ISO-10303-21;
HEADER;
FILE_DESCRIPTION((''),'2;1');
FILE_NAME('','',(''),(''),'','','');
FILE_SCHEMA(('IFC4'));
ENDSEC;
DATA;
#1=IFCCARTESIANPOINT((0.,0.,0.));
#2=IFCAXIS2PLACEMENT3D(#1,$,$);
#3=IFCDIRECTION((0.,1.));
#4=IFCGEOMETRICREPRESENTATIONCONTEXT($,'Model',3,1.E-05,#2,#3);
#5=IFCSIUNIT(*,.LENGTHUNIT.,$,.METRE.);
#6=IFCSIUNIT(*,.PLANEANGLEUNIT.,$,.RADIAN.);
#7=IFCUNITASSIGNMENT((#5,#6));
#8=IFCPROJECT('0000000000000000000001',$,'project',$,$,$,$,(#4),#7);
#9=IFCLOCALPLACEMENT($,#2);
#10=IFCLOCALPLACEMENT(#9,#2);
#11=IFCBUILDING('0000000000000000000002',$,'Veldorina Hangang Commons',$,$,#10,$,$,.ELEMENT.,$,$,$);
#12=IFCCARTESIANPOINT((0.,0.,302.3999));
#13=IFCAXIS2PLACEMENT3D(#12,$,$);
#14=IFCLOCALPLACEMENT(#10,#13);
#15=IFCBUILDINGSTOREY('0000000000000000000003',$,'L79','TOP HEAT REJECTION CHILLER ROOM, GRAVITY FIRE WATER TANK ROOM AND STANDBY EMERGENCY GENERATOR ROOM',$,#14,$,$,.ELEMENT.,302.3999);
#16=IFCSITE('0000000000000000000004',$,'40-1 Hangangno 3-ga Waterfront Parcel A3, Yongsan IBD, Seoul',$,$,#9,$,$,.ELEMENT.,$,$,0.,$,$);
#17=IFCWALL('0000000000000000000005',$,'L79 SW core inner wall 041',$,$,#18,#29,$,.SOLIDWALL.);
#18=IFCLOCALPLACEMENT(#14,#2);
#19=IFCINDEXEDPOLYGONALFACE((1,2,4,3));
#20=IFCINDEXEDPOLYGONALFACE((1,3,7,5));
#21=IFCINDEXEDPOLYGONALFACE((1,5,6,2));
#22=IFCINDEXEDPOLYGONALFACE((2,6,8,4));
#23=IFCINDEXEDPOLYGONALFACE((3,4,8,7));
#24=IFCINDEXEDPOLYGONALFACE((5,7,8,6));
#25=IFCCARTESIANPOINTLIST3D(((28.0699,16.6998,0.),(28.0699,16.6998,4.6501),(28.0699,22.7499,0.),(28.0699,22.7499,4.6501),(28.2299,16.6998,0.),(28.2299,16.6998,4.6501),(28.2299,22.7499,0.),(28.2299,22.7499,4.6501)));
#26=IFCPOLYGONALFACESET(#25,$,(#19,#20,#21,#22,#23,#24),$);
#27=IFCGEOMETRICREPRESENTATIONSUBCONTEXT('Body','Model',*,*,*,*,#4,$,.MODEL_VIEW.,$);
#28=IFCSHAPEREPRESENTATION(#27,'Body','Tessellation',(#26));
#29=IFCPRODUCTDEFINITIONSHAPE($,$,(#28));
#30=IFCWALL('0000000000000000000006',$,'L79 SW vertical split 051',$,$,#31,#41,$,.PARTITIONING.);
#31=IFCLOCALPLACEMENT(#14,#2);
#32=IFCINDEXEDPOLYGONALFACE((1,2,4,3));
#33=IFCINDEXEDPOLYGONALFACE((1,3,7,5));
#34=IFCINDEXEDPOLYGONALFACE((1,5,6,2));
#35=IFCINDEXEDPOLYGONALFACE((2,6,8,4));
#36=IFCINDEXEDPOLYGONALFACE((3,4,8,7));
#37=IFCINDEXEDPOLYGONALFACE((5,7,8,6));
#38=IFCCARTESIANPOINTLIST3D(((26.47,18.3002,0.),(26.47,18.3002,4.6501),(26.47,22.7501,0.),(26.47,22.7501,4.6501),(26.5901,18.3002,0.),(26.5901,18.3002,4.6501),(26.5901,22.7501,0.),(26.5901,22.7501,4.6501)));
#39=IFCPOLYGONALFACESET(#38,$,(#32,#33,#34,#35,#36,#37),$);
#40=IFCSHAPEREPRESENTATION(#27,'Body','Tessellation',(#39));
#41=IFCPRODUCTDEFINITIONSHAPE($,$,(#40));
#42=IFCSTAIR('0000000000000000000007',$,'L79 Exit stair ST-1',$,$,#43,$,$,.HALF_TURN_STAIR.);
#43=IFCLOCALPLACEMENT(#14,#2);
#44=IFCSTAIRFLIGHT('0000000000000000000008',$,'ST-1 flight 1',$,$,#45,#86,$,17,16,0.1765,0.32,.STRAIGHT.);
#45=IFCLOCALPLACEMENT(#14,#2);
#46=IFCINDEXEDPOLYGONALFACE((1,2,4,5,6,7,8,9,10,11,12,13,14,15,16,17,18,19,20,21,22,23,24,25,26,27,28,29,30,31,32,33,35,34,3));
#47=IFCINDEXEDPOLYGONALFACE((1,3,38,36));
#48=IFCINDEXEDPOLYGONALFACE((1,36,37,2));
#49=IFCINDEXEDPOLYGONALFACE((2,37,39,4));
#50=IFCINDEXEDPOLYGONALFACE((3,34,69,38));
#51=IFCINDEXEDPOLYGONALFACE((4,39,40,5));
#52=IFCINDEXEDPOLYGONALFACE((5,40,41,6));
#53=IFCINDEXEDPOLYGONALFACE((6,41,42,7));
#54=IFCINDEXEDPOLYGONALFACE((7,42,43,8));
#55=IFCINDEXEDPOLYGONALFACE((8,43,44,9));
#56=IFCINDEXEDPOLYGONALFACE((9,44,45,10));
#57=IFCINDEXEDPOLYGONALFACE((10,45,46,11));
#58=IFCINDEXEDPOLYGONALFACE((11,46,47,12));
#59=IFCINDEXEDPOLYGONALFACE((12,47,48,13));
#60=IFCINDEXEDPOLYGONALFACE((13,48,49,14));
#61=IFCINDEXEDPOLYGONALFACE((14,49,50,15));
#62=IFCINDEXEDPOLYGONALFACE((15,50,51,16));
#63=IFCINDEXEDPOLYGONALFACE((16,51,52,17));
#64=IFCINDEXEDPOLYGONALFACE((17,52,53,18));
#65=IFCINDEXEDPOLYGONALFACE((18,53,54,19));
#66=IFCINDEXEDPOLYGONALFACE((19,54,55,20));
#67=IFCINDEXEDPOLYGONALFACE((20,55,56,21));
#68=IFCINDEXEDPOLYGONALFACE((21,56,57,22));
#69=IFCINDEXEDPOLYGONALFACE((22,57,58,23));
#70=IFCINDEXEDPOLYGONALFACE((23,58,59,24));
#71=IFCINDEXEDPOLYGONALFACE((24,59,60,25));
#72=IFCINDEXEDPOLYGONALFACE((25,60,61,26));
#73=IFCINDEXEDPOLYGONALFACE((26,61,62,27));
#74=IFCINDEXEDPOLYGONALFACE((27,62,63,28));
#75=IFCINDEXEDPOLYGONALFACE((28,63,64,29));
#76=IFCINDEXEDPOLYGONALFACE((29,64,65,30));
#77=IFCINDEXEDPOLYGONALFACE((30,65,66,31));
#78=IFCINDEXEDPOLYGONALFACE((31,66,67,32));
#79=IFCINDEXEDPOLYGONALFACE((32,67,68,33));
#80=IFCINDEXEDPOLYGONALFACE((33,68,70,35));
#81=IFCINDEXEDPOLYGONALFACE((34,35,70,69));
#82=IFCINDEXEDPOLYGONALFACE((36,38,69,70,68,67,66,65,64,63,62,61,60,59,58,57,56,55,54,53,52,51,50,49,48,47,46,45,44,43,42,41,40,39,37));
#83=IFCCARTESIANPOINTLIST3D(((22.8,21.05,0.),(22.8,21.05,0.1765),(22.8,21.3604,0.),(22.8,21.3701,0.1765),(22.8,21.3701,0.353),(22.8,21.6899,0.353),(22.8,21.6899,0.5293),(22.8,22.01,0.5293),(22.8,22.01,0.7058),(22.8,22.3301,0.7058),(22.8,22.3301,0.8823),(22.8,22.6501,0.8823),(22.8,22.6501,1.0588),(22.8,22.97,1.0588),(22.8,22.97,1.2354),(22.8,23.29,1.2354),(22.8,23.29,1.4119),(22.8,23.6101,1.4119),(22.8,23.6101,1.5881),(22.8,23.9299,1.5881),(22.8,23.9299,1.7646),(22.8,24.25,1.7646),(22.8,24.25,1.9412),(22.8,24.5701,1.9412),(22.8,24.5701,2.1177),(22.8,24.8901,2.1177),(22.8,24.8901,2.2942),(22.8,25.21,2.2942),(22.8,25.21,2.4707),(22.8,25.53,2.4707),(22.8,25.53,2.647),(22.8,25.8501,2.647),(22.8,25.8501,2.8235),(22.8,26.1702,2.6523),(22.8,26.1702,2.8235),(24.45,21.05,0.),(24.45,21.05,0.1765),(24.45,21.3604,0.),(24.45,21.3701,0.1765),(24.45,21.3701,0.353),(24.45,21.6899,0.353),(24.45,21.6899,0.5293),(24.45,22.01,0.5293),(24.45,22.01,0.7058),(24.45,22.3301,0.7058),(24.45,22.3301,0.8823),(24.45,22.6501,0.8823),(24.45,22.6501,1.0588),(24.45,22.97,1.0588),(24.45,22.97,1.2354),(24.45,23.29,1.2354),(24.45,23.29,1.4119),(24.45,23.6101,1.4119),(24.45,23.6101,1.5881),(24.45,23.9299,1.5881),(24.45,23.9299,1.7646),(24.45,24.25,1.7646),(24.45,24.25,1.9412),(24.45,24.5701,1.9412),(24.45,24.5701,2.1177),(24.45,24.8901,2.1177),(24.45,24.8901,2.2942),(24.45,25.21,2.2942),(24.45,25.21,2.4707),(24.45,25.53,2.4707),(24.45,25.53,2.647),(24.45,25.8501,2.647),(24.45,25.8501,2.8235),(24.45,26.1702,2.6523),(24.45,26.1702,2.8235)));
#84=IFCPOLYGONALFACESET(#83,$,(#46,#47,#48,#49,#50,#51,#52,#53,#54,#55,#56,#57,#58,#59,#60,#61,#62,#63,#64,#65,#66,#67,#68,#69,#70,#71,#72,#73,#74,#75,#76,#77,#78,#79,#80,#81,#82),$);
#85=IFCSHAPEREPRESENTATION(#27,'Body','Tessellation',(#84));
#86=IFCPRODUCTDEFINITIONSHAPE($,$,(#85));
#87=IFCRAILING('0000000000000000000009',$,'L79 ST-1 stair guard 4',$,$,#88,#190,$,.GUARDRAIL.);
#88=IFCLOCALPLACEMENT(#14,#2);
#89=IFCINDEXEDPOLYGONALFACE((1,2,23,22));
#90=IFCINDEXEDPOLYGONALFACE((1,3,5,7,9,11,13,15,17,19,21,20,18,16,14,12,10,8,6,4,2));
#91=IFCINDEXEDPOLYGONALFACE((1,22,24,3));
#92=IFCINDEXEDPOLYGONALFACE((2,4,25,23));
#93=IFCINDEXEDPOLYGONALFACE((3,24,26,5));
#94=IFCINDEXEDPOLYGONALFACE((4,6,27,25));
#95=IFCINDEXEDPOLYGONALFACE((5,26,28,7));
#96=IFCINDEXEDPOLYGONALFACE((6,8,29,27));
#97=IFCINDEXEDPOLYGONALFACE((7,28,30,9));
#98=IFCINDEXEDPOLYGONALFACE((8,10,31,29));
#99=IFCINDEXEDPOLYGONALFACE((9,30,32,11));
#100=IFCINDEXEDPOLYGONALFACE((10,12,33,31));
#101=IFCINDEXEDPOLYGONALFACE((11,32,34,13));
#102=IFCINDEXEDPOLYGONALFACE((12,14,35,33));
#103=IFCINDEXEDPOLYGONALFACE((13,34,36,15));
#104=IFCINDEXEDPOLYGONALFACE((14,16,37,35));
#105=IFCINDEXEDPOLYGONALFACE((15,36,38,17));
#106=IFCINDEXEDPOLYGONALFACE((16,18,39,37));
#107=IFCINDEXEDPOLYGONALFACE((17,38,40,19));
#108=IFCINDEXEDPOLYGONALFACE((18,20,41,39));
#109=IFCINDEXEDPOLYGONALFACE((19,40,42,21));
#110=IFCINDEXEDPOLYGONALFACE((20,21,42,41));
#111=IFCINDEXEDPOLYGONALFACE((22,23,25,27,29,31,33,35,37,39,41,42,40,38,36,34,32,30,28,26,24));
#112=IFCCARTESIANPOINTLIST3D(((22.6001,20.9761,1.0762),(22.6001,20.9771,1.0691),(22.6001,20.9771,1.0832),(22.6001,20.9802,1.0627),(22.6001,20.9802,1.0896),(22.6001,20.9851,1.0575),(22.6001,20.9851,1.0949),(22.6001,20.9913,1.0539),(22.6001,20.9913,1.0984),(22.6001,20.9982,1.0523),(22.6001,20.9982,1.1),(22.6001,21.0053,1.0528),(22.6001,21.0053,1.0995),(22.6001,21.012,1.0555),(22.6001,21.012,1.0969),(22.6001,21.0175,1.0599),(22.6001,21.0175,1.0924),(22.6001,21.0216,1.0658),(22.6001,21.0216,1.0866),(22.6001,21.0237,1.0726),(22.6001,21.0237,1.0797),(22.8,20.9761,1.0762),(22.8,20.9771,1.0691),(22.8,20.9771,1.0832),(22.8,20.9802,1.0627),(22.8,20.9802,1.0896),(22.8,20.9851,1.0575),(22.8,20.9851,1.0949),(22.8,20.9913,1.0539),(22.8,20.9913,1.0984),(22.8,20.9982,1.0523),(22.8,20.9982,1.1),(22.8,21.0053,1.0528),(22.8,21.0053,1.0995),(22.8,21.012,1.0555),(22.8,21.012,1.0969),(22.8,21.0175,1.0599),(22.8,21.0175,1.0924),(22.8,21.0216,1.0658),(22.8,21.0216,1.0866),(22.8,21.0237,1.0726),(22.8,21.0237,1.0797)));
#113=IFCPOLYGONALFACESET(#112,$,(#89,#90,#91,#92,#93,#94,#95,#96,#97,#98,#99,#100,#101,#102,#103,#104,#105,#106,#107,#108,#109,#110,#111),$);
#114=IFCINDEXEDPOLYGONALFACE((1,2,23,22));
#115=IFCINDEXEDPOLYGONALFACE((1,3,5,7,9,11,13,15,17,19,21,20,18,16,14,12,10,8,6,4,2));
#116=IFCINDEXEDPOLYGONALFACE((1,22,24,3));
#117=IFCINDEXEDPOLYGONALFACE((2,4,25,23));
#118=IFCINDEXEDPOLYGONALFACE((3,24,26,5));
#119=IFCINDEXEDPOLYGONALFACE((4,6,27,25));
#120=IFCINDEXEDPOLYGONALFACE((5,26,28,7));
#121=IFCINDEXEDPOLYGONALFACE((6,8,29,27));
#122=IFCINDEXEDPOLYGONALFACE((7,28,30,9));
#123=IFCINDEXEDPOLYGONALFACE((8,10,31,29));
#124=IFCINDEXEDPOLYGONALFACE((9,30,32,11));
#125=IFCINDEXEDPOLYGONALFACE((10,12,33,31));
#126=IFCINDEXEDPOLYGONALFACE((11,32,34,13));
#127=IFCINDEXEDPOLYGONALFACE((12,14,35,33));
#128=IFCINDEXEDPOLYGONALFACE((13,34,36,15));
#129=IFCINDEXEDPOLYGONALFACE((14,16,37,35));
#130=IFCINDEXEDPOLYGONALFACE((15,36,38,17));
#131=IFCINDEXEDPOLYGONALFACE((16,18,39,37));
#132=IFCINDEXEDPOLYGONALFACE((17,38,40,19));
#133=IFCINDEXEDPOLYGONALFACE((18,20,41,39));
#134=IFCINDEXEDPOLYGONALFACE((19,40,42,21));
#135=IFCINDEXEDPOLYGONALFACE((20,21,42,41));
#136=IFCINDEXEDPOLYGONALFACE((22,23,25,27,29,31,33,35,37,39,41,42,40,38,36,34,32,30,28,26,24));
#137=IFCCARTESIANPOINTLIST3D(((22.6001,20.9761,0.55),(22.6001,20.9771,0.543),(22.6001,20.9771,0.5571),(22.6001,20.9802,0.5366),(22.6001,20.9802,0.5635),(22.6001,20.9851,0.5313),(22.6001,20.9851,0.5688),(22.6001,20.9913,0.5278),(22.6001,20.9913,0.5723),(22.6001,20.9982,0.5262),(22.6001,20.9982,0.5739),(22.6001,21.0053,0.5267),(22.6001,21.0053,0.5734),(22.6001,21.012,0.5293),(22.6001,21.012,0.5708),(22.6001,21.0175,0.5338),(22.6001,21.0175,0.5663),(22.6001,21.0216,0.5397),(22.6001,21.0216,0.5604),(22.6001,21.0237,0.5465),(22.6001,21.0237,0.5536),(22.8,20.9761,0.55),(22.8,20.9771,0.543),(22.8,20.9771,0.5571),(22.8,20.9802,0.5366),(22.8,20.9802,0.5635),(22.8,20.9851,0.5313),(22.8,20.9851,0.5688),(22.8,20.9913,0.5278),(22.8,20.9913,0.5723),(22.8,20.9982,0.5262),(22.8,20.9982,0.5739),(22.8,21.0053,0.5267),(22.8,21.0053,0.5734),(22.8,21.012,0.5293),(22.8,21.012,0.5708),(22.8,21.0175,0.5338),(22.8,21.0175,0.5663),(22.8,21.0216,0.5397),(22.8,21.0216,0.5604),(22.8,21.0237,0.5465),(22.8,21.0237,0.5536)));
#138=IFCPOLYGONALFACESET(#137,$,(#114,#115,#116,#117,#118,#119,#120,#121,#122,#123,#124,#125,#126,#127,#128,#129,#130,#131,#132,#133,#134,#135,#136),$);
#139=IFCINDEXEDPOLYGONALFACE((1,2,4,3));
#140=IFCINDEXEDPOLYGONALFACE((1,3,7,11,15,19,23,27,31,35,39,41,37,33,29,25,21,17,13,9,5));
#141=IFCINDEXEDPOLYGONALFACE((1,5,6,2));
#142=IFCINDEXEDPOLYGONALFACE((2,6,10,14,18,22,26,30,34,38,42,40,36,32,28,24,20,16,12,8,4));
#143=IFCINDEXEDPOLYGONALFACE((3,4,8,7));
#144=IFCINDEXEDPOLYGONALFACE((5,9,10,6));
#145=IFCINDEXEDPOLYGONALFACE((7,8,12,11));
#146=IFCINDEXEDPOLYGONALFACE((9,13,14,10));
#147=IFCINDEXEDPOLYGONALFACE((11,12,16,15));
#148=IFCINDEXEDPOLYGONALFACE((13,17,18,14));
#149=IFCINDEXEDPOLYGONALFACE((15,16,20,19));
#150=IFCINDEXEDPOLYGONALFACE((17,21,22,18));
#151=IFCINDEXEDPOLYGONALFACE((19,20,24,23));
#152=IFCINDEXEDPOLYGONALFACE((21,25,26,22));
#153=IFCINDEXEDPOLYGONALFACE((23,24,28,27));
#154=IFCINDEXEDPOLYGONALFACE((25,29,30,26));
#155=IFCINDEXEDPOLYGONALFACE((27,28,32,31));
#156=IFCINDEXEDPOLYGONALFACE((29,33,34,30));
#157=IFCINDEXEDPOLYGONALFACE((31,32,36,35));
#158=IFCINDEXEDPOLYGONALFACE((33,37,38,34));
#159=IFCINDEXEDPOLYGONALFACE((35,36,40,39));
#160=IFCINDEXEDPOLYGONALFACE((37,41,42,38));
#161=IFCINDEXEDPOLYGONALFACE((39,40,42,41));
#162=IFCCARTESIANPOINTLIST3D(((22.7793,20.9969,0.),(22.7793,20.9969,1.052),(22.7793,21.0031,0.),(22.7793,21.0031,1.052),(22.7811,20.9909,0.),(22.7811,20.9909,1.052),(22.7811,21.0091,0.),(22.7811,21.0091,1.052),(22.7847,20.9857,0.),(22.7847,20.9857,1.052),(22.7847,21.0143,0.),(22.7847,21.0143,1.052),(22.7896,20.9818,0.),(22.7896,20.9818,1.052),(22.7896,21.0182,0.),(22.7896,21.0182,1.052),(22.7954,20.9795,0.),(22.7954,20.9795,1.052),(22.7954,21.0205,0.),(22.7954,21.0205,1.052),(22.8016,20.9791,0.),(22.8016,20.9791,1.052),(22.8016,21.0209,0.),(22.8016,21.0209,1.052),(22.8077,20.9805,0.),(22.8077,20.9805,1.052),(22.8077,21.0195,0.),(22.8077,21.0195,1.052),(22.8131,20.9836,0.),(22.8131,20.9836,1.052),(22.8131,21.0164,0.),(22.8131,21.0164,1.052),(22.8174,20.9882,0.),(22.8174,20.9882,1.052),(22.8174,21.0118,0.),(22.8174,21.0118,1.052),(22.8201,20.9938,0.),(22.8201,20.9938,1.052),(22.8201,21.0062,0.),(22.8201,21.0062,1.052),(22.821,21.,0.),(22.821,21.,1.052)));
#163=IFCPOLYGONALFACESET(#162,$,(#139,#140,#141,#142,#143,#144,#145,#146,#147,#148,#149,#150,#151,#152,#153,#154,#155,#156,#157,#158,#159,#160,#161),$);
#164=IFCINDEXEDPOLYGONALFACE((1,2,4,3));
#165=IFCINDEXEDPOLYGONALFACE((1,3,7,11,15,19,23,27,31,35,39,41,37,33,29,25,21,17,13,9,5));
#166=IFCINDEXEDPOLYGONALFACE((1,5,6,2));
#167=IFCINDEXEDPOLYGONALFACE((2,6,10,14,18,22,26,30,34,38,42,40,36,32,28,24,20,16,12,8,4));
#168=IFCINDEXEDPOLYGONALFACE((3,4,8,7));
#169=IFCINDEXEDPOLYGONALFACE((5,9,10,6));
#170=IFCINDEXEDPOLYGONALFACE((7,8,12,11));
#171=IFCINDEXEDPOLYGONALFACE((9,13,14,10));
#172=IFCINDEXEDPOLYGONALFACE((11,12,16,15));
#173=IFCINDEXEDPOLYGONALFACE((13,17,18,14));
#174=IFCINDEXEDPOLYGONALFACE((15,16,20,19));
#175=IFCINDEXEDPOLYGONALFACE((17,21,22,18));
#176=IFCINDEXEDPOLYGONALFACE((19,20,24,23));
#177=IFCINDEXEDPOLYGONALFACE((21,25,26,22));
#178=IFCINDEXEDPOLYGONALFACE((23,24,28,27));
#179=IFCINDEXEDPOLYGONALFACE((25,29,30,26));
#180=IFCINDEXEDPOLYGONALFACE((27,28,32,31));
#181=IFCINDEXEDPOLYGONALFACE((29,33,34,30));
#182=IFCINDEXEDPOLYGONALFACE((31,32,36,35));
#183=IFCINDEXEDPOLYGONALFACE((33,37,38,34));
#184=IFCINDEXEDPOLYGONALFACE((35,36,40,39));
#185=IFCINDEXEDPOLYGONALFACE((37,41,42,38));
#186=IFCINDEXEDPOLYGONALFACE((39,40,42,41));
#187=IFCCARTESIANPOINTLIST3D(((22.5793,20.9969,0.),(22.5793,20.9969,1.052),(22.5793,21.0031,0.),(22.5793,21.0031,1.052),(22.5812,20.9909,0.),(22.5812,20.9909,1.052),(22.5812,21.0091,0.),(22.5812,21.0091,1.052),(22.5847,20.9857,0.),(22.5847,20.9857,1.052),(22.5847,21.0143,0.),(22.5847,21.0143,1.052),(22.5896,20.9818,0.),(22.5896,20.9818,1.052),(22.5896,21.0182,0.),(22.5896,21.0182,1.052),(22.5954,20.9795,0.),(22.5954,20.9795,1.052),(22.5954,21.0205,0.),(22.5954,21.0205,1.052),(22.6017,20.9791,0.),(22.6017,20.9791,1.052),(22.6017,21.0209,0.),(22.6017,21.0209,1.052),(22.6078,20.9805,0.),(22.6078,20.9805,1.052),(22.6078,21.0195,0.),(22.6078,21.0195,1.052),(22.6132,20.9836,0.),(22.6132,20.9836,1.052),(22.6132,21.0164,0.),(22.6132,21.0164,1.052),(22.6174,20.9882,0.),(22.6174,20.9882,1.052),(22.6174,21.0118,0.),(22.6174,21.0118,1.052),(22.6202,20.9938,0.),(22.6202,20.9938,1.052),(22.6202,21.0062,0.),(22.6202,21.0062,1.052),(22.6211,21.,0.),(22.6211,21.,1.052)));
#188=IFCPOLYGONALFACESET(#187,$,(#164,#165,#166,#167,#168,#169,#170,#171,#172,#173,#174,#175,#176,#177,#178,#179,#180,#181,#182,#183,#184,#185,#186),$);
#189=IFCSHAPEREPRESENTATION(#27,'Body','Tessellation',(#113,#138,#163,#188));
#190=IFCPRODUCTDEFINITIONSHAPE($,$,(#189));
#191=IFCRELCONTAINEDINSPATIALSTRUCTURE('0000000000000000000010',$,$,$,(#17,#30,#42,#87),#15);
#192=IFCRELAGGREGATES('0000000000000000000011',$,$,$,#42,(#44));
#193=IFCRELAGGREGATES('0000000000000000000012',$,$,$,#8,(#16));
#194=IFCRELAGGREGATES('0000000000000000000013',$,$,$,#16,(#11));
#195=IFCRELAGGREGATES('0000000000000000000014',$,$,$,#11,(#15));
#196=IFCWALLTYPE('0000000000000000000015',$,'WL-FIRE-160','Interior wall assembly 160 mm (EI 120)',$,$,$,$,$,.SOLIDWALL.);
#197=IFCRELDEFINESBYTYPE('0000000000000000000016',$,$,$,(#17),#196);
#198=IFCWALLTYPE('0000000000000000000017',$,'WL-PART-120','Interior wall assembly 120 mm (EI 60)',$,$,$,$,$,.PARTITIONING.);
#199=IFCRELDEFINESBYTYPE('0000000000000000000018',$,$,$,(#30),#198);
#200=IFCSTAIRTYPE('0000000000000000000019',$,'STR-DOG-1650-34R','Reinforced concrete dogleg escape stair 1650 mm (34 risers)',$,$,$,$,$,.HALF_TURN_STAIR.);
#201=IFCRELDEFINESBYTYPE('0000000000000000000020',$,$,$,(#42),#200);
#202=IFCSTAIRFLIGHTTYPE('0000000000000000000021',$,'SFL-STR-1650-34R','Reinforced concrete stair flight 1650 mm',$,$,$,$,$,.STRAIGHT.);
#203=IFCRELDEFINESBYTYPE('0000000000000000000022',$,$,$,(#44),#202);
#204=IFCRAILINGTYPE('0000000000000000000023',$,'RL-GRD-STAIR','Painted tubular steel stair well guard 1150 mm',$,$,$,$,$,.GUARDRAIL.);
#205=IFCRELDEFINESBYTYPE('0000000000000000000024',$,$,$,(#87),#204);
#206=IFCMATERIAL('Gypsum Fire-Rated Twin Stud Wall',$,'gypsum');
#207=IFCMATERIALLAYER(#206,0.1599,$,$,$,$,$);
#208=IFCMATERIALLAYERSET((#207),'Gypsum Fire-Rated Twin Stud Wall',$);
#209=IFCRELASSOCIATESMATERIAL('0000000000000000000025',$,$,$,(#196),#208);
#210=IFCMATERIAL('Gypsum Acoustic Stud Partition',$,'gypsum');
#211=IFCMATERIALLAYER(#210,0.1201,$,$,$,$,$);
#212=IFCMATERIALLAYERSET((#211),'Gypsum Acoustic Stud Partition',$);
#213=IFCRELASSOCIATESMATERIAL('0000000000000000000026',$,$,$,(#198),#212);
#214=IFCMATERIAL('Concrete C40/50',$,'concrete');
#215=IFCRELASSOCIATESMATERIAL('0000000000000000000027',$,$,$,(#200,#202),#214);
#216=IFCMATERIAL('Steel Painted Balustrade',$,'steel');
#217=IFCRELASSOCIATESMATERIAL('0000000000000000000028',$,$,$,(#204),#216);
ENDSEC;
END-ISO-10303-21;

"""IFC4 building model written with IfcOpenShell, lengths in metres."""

from ifc_helpers import new_model, si_unit, direction, frame, frame_2d, origin, origin_2d, place, context, subcontext, project, spatial, polyline, rectangle, circle, outline, extrude, material, layer, layer_set, type_object, element, aggregate, save


model = new_model("IFC4")

# Units and contexts
model_context = context("Model", 3, precision=1e-05, world=origin(), true_north=direction((0.0, 1.0)))
body_context = subcontext(model_context, "Body", "Model", "MODEL_VIEW")
ifc_project = project(units=[si_unit("LENGTHUNIT", "METRE"), si_unit("PLANEANGLEUNIT", "RADIAN")], contexts=[model_context])

# Site, building, storey
site_placement = place(None, origin())
site = spatial("IfcSite", under=ifc_project, at=site_placement, Name="40-1 Hangangno 3-ga Waterfront Parcel A3, Yongsan IBD, Seoul", CompositionType="ELEMENT", RefElevation=0.0)
building_placement = place(site_placement, origin())
building = spatial("IfcBuilding", under=site, at=building_placement, Name="Veldorina Hangang Commons", CompositionType="ELEMENT")
storey_placement = place(building_placement, frame((0.0, 0.0, 302.3999)))
storey = spatial("IfcBuildingStorey", under=building, at=storey_placement, Name="L79", Description="TOP HEAT REJECTION CHILLER ROOM, GRAVITY FIRE WATER TANK ROOM AND STANDBY EMERGENCY GENERATOR ROOM", CompositionType="ELEMENT", Elevation=302.3999)

# Shared definitions
ifc_material_1 = material(Name="Gypsum Fire-Rated Twin Stud Wall", Category="gypsum")
ifc_layer_1 = layer(ifc_material_1, 0.1599)
ifc_layer_set_1 = layer_set([ifc_layer_1], Name="Gypsum Fire-Rated Twin Stud Wall")
wall_type_1 = type_object("IfcWallType", Name="WL-FIRE-160", Description="Interior wall assembly 160 mm (EI 120)", PredefinedType="SOLIDWALL", material=ifc_layer_set_1)

# Walls
wall_1_placement = place(storey_placement, frame((28.1499, 16.7, 0.0), z_axis=(0.0, 0.0, 1.0), x_axis=(0.0, 1.0, 0.0)))
element("IfcWall", 1, at=wall_1_placement, inside=storey, type_object=wall_type_1, Name="L79 SW core inner wall 041", PredefinedType="SOLIDWALL", context=body_context, shape_type="SweptSolid", body=[
    extrude(rectangle(XDim=6.05, YDim=0.1599, at=frame_2d((3.0249, 0.0))), origin(), (0.0, 0.0, 1.0), 4.6501),
])
ifc_material_2 = material(Name="Gypsum Acoustic Stud Partition", Category="gypsum")
ifc_layer_2 = layer(ifc_material_2, 0.1201)
ifc_layer_set_2 = layer_set([ifc_layer_2], Name="Gypsum Acoustic Stud Partition")
wall_type_2 = type_object("IfcWallType", Name="WL-PART-120", Description="Interior wall assembly 120 mm (EI 60)", PredefinedType="PARTITIONING", material=ifc_layer_set_2)
wall_2_placement = place(storey_placement, frame((26.53, 18.3, 0.0), z_axis=(0.0, 0.0, 1.0), x_axis=(0.0, 1.0, 0.0)))
element("IfcWall", 2, at=wall_2_placement, inside=storey, type_object=wall_type_2, Name="L79 SW vertical split 051", PredefinedType="PARTITIONING", context=body_context, shape_type="SweptSolid", body=[
    extrude(rectangle(XDim=4.45, YDim=0.1201, at=frame_2d((2.2251, 0.0))), origin(), (0.0, 0.0, 1.0), 4.6501),
])

# Stair, stair flight
ifc_material_3 = material(Name="Concrete C40/50", Category="concrete")
stair_type = type_object("IfcStairType", Name="STR-DOG-1650-34R", Description="Reinforced concrete dogleg escape stair 1650 mm (34 risers)", PredefinedType="HALF_TURN_STAIR", material=ifc_material_3)
stair_placement = place(storey_placement, origin())
stair = element("IfcStair", 3, at=stair_placement, inside=storey, type_object=stair_type, Name="L79 Exit stair ST-1", PredefinedType="HALF_TURN_STAIR")
stair_flight_type = type_object("IfcStairFlightType", Name="SFL-STR-1650-34R", Description="Reinforced concrete stair flight 1650 mm", PredefinedType="STRAIGHT", material=ifc_material_3)
stair_flight_placement = place(storey_placement, frame((23.625, 21.05, 0.0), z_axis=(0.0, 0.0, 1.0), x_axis=(0.0, 1.0, 0.0)))
stair_flight = element("IfcStairFlight", 4, at=stair_flight_placement, type_object=stair_flight_type, Name="ST-1 flight 1", NumberOfRisers=17, NumberOfTreads=16, PredefinedType="STRAIGHT", RiserHeight=0.1765, TreadLength=0.32, context=body_context, shape_type="SweptSolid", body=[
    extrude(outline(polyline([(0.0, 0.0), (0.0, 0.1765), (0.3201, 0.1765), (0.3201, 0.353), (0.6399, 0.353), (0.6399, 0.5293), (0.96, 0.5293), (0.96, 0.7058), (1.28, 0.7058), (1.28, 0.8823), (1.6001, 0.8823), (1.6001, 1.0588), (1.9199, 1.0588), (1.9199, 1.2354), (2.24, 1.2354), (2.24, 1.4119), (2.5601, 1.4119), (2.5601, 1.5881), (2.8799, 1.5881), (2.8799, 1.7646), (3.2, 1.7646), (3.2, 1.9412), (3.52, 1.9412), (3.52, 2.1177), (3.8401, 2.1177), (3.8401, 2.2942), (4.1599, 2.2942), (4.1599, 2.4707), (4.48, 2.4707), (4.48, 2.647), (4.8, 2.647), (4.8, 2.8235), (5.1201, 2.8235), (5.1201, 3.0), (5.1201, 2.6523), (0.3103, 0.0), (0.0, 0.0)])), frame((0.0, 0.825, 0.0), z_axis=(0.0, -1.0, 0.0), x_axis=(1.0, 0.0, 0.0)), (0.0, 0.0, 1.0), 1.6499),
])
aggregate(stair, [stair_flight])

# Railing
ifc_material_4 = material(Name="Steel Painted Balustrade", Category="steel")
railing_type_1 = type_object("IfcRailingType", Name="RL-GRD-STAIR", Description="Painted tubular steel stair well guard 1150 mm", PredefinedType="GUARDRAIL", material=ifc_material_4)
railing_1_placement = place(storey_placement, frame((22.8, 21.0, 0.0)))
element("IfcRailing", 5, at=railing_1_placement, inside=storey, type_object=railing_type_1, Name="L79 ST-1 stair guard 4", PredefinedType="GUARDRAIL", context=body_context, shape_type="SweptSolid", body=[
    extrude(circle(Radius=0.0239, at=origin_2d()), frame((0.0, 0.0, 1.0762), z_axis=(-1.0, 0.0, 0.0), x_axis=(0.0, -1.0, 0.0)), (0.0, 0.0, 1.0), 0.2),
    extrude(circle(Radius=0.0239, at=origin_2d()), frame((0.0, 0.0, 0.55), z_axis=(-1.0, 0.0, 0.0), x_axis=(0.0, -1.0, 0.0)), (0.0, 0.0, 1.0), 0.2),
    extrude(circle(Radius=0.021, at=origin_2d()), origin(), (0.0, 0.0, 1.0), 1.052),
    extrude(circle(Radius=0.021, at=origin_2d()), frame((-0.2, 0.0, 0.0)), (0.0, 0.0, 1.0), 1.052),
])

save(model, "model.ifc")
